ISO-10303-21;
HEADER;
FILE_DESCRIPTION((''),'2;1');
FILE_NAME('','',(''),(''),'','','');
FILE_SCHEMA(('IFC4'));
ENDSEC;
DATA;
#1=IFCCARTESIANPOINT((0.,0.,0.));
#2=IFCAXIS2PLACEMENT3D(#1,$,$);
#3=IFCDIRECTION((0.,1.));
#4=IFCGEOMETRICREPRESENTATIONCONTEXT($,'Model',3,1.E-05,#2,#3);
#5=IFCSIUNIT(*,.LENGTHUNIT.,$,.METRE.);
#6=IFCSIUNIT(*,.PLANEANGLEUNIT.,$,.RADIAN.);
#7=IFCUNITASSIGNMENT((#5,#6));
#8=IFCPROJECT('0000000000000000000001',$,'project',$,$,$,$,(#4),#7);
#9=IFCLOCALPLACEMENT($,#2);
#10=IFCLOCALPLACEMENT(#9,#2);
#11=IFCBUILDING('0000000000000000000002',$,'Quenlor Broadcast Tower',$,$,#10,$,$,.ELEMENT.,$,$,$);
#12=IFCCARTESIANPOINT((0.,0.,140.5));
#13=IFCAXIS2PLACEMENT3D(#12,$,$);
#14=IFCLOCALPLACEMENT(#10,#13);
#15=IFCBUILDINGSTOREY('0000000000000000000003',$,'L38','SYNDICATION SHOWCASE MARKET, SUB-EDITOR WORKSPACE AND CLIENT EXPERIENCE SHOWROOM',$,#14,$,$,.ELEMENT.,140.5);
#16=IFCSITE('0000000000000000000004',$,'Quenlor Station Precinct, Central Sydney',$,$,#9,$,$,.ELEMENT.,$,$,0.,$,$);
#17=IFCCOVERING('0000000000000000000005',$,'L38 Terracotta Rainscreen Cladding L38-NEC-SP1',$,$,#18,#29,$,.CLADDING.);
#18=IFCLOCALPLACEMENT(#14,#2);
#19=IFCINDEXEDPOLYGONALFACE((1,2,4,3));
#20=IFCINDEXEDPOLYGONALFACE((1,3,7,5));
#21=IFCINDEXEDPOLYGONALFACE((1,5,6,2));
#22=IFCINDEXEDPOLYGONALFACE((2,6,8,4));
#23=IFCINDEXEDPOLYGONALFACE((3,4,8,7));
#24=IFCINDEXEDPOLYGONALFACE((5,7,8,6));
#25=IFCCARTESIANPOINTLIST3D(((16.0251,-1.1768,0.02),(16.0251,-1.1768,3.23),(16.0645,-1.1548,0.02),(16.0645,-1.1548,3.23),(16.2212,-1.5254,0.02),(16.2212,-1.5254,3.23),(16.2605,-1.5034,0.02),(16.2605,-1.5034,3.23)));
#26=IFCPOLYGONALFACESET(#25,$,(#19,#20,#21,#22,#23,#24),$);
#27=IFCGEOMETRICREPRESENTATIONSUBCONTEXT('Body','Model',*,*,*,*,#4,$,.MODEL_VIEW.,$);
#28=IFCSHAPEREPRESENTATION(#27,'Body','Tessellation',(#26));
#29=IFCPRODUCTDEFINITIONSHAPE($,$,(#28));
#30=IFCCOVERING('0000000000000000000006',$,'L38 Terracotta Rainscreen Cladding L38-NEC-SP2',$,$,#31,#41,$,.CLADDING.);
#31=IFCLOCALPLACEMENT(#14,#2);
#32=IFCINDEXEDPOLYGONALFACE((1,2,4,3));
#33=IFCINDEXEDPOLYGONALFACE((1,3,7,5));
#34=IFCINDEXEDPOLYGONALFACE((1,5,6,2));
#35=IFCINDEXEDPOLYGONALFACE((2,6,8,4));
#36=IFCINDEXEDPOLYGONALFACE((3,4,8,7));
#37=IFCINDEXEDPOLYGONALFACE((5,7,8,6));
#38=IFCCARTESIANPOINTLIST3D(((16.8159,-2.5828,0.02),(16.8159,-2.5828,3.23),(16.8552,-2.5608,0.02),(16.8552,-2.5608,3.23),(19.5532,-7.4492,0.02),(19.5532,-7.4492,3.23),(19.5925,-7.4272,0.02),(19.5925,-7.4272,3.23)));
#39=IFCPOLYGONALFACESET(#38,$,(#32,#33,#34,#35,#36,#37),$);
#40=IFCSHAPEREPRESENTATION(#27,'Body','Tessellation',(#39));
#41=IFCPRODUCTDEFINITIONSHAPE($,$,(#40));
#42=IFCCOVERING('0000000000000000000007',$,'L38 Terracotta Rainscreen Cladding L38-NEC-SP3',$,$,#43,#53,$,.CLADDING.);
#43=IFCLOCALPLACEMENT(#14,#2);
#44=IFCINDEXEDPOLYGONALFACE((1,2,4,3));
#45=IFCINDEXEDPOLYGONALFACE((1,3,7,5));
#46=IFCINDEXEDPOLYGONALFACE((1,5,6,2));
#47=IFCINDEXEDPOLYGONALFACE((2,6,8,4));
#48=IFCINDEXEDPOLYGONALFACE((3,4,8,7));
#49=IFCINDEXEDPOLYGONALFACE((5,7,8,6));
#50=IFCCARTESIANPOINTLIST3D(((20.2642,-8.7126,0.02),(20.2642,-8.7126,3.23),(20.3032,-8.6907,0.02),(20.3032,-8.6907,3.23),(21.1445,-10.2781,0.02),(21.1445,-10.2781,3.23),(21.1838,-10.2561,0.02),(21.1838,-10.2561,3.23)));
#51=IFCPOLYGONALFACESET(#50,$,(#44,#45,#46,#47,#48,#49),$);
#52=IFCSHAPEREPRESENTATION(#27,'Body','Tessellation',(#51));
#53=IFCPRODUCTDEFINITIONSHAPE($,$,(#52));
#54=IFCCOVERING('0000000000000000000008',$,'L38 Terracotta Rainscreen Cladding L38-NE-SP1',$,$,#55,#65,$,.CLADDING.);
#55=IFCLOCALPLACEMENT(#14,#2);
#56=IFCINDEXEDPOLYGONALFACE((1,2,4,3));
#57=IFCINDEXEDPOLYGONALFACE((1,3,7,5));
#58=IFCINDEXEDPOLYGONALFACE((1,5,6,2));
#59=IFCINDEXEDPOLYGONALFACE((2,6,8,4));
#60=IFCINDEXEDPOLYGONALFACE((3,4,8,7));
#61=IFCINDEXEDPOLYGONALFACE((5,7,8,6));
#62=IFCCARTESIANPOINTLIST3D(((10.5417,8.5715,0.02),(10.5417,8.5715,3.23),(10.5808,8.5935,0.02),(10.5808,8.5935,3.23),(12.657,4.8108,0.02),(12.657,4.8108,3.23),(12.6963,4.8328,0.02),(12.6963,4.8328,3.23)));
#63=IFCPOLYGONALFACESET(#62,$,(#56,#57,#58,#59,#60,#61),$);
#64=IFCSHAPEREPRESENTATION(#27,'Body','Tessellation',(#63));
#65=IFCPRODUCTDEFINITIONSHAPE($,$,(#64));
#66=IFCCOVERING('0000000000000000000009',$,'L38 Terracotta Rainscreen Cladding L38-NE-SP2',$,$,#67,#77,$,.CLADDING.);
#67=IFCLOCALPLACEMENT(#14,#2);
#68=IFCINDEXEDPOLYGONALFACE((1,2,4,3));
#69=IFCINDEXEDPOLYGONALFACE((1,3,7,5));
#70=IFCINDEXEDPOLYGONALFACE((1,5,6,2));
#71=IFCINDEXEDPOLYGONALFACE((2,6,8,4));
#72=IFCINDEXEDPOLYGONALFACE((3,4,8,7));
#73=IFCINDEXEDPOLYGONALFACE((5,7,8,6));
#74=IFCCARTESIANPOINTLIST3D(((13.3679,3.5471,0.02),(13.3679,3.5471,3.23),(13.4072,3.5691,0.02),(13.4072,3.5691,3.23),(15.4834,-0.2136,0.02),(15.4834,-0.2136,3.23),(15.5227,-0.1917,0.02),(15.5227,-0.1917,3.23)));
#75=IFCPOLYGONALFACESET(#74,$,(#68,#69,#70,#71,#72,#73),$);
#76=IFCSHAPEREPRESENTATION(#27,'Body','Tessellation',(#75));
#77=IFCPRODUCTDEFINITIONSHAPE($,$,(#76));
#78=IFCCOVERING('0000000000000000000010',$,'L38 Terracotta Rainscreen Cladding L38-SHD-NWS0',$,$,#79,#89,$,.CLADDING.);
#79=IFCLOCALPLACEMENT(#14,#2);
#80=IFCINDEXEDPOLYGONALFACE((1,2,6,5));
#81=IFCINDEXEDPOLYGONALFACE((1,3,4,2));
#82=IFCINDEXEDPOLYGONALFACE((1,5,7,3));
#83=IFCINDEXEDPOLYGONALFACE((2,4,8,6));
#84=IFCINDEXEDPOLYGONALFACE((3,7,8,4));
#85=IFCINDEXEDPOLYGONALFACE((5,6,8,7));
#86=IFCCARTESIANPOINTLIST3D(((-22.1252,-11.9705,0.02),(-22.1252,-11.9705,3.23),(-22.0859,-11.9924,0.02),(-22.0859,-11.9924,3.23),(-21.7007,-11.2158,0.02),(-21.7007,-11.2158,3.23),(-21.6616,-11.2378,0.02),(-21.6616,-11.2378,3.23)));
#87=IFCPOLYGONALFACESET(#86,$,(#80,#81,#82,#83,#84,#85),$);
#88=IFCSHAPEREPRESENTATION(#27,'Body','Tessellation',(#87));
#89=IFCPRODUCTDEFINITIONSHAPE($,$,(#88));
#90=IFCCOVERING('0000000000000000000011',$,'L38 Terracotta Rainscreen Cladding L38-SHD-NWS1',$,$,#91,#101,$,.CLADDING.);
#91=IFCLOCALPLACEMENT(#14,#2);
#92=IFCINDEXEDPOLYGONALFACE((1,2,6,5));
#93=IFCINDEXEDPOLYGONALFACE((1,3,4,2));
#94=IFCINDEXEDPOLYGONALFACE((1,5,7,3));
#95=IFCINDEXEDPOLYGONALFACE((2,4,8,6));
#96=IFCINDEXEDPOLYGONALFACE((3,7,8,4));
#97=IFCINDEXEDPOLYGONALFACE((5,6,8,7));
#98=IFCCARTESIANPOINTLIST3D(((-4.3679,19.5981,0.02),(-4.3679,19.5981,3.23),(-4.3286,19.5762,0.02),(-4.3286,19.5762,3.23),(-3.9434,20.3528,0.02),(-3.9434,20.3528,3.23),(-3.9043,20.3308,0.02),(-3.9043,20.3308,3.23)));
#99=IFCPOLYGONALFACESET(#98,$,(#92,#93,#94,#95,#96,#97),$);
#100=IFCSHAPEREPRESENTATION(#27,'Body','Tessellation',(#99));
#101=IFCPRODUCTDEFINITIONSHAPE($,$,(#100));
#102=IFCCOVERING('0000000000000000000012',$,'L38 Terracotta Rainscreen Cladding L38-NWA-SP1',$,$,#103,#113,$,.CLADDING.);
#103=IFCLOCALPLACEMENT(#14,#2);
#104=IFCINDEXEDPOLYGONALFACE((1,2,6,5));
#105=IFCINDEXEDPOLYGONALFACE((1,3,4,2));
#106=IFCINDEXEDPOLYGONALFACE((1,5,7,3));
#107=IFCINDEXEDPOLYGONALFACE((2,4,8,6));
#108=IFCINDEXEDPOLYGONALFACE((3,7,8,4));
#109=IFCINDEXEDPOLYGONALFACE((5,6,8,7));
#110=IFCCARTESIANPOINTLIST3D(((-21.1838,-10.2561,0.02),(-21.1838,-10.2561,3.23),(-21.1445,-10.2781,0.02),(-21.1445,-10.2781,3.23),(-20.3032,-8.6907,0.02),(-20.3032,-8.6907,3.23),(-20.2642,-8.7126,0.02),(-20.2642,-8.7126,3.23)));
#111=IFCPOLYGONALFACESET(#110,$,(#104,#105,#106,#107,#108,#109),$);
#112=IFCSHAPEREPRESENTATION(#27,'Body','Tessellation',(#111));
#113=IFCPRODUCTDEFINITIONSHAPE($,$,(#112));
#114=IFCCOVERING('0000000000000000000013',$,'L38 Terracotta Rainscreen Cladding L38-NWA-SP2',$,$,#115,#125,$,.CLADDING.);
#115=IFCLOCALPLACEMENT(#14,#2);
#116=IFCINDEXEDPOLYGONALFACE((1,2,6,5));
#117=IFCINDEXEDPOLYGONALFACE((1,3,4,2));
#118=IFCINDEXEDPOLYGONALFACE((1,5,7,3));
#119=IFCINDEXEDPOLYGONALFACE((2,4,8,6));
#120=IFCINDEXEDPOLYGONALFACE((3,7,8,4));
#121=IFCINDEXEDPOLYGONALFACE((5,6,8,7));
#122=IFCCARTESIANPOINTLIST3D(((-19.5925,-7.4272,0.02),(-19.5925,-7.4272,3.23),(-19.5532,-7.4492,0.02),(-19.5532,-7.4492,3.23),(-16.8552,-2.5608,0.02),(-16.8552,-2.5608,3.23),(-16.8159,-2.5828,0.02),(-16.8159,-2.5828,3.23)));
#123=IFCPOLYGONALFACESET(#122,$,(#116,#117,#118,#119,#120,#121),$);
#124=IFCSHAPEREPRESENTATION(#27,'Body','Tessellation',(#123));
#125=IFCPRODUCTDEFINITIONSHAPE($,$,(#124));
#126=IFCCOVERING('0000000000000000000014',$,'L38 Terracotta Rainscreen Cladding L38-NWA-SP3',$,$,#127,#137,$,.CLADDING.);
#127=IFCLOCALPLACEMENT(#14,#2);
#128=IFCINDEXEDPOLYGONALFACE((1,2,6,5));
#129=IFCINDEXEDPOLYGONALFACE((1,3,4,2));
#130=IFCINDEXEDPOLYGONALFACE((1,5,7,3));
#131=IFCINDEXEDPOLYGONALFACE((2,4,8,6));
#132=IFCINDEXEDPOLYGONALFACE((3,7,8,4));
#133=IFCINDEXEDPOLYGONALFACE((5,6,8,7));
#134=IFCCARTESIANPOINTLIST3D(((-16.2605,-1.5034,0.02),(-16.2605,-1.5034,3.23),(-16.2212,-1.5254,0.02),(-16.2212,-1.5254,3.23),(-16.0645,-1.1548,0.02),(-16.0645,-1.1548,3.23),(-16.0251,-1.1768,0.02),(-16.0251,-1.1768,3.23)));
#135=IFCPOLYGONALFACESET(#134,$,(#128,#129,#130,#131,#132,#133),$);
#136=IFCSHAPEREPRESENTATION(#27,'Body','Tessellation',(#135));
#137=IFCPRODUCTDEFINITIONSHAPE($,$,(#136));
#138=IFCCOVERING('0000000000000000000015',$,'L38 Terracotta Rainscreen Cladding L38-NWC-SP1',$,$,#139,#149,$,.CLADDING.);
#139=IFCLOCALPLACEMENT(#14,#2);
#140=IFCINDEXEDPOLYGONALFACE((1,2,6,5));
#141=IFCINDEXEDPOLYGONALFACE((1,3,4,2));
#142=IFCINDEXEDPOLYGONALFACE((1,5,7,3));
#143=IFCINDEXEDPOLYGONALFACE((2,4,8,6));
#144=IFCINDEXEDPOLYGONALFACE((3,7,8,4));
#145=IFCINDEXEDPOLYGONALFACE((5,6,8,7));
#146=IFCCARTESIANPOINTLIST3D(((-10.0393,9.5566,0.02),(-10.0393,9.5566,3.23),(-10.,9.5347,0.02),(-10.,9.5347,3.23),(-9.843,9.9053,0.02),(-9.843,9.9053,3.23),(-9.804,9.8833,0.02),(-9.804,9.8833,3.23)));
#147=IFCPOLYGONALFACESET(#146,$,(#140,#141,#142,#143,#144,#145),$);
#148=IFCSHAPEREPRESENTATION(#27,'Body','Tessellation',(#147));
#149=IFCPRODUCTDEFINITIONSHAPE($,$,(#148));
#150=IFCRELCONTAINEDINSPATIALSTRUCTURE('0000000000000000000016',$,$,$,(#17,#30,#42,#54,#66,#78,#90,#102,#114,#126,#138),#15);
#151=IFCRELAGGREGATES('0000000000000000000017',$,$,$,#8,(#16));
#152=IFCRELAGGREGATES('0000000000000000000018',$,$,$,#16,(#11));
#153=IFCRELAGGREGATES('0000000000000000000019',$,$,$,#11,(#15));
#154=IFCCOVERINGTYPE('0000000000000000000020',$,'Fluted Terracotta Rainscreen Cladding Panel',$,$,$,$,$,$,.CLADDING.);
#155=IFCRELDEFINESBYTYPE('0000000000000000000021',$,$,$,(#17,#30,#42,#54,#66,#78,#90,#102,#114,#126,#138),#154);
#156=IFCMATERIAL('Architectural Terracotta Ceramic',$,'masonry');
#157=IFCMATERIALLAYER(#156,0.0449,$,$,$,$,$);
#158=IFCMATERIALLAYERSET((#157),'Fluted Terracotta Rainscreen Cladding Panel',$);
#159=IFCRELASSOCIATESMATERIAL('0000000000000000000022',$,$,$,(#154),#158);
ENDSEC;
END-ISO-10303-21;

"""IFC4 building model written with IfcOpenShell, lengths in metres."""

from ifc_helpers import new_model, si_unit, direction, frame, origin, place, context, subcontext, project, spatial, polyline, outline, extrude, material, layer, layer_set, type_object, element, save


model = new_model("IFC4")

# Units and contexts
model_context = context("Model", 3, precision=1e-05, world=origin(), true_north=direction((0.0, 1.0)))
body_context = subcontext(model_context, "Body", "Model", "MODEL_VIEW")
ifc_project = project(units=[si_unit("LENGTHUNIT", "METRE"), si_unit("PLANEANGLEUNIT", "RADIAN")], contexts=[model_context])

# Site, building, storey
site_placement = place(None, origin())
site = spatial("IfcSite", under=ifc_project, at=site_placement, Name="Quenlor Station Precinct, Central Sydney", CompositionType="ELEMENT", RefElevation=0.0)
building_placement = place(site_placement, origin())
building = spatial("IfcBuilding", under=site, at=building_placement, Name="Quenlor Broadcast Tower", CompositionType="ELEMENT")
storey_placement = place(building_placement, frame((0.0, 0.0, 140.5)))
storey = spatial("IfcBuildingStorey", under=building, at=storey_placement, Name="L38", Description="SYNDICATION SHOWCASE MARKET, SUB-EDITOR WORKSPACE AND CLIENT EXPERIENCE SHOWROOM", CompositionType="ELEMENT", Elevation=140.5)

# Coverings
ifc_material_1 = material(Name="Architectural Terracotta Ceramic", Category="masonry")
ifc_layer_1 = layer(ifc_material_1, 0.0449)
ifc_layer_set_1 = layer_set([ifc_layer_1], Name="Fluted Terracotta Rainscreen Cladding Panel")
covering_type = type_object("IfcCoveringType", Name="Fluted Terracotta Rainscreen Cladding Panel", PredefinedType="CLADDING", material=ifc_layer_set_1)
covering_1_placement = place(storey_placement, frame((0.0, 0.0, 0.02)))
element("IfcCovering", 1, at=covering_1_placement, inside=storey, type_object=covering_type, Name="L38 Terracotta Rainscreen Cladding L38-NEC-SP1", PredefinedType="CLADDING", context=body_context, shape_type="SweptSolid", body=[
    extrude(outline(polyline([(16.0251, -1.1768), (16.2212, -1.5254), (16.2605, -1.5034), (16.0645, -1.1548), (16.0251, -1.1768)])), origin(), (0.0, 0.0, 1.0), 3.21),
])
covering_2_placement = place(storey_placement, frame((0.0, 0.0, 0.02)))
element("IfcCovering", 2, at=covering_2_placement, inside=storey, type_object=covering_type, Name="L38 Terracotta Rainscreen Cladding L38-NEC-SP2", PredefinedType="CLADDING", context=body_context, shape_type="SweptSolid", body=[
    extrude(outline(polyline([(16.8159, -2.5828), (19.5532, -7.4492), (19.5925, -7.4272), (16.8552, -2.5608), (16.8159, -2.5828)])), origin(), (0.0, 0.0, 1.0), 3.21),
])
covering_3_placement = place(storey_placement, frame((0.0, 0.0, 0.02)))
element("IfcCovering", 3, at=covering_3_placement, inside=storey, type_object=covering_type, Name="L38 Terracotta Rainscreen Cladding L38-NEC-SP3", PredefinedType="CLADDING", context=body_context, shape_type="SweptSolid", body=[
    extrude(outline(polyline([(20.2642, -8.7126), (21.1445, -10.2781), (21.1838, -10.2561), (20.3032, -8.6907), (20.2642, -8.7126)])), origin(), (0.0, 0.0, 1.0), 3.21),
])
covering_4_placement = place(storey_placement, frame((0.0, 0.0, 0.02)))
element("IfcCovering", 4, at=covering_4_placement, inside=storey, type_object=covering_type, Name="L38 Terracotta Rainscreen Cladding L38-NE-SP1", PredefinedType="CLADDING", context=body_context, shape_type="SweptSolid", body=[
    extrude(outline(polyline([(10.5417, 8.5715), (12.657, 4.8108), (12.6963, 4.8328), (10.5808, 8.5935), (10.5417, 8.5715)])), origin(), (0.0, 0.0, 1.0), 3.21),
])
covering_5_placement = place(storey_placement, frame((0.0, 0.0, 0.02)))
element("IfcCovering", 5, at=covering_5_placement, inside=storey, type_object=covering_type, Name="L38 Terracotta Rainscreen Cladding L38-NE-SP2", PredefinedType="CLADDING", context=body_context, shape_type="SweptSolid", body=[
    extrude(outline(polyline([(13.3679, 3.5471), (15.4834, -0.2136), (15.5227, -0.1917), (13.4072, 3.5691), (13.3679, 3.5471)])), origin(), (0.0, 0.0, 1.0), 3.21),
])
covering_6_placement = place(storey_placement, frame((0.0, 0.0, 0.02)))
element("IfcCovering", 6, at=covering_6_placement, inside=storey, type_object=covering_type, Name="L38 Terracotta Rainscreen Cladding L38-SHD-NWS0", PredefinedType="CLADDING", context=body_context, shape_type="SweptSolid", body=[
    extrude(outline(polyline([(-22.0859, -11.9924), (-21.6616, -11.2378), (-21.7007, -11.2158), (-22.1252, -11.9705), (-22.0859, -11.9924)])), origin(), (0.0, 0.0, 1.0), 3.21),
])
covering_7_placement = place(storey_placement, frame((0.0, 0.0, 0.02)))
element("IfcCovering", 7, at=covering_7_placement, inside=storey, type_object=covering_type, Name="L38 Terracotta Rainscreen Cladding L38-SHD-NWS1", PredefinedType="CLADDING", context=body_context, shape_type="SweptSolid", body=[
    extrude(outline(polyline([(-4.3286, 19.5762), (-3.9043, 20.3308), (-3.9434, 20.3528), (-4.3679, 19.5981), (-4.3286, 19.5762)])), origin(), (0.0, 0.0, 1.0), 3.21),
])
covering_8_placement = place(storey_placement, frame((0.0, 0.0, 0.02)))
element("IfcCovering", 8, at=covering_8_placement, inside=storey, type_object=covering_type, Name="L38 Terracotta Rainscreen Cladding L38-NWA-SP1", PredefinedType="CLADDING", context=body_context, shape_type="SweptSolid", body=[
    extrude(outline(polyline([(-21.1445, -10.2781), (-20.2642, -8.7126), (-20.3032, -8.6907), (-21.1838, -10.2561), (-21.1445, -10.2781)])), origin(), (0.0, 0.0, 1.0), 3.21),
])
covering_9_placement = place(storey_placement, frame((0.0, 0.0, 0.02)))
element("IfcCovering", 9, at=covering_9_placement, inside=storey, type_object=covering_type, Name="L38 Terracotta Rainscreen Cladding L38-NWA-SP2", PredefinedType="CLADDING", context=body_context, shape_type="SweptSolid", body=[
    extrude(outline(polyline([(-19.5532, -7.4492), (-16.8159, -2.5828), (-16.8552, -2.5608), (-19.5925, -7.4272), (-19.5532, -7.4492)])), origin(), (0.0, 0.0, 1.0), 3.21),
])
covering_10_placement = place(storey_placement, frame((0.0, 0.0, 0.02)))
element("IfcCovering", 10, at=covering_10_placement, inside=storey, type_object=covering_type, Name="L38 Terracotta Rainscreen Cladding L38-NWA-SP3", PredefinedType="CLADDING", context=body_context, shape_type="SweptSolid", body=[
    extrude(outline(polyline([(-16.2212, -1.5254), (-16.0251, -1.1768), (-16.0645, -1.1548), (-16.2605, -1.5034), (-16.2212, -1.5254)])), origin(), (0.0, 0.0, 1.0), 3.21),
])
covering_11_placement = place(storey_placement, frame((0.0, 0.0, 0.02)))
element("IfcCovering", 11, at=covering_11_placement, inside=storey, type_object=covering_type, Name="L38 Terracotta Rainscreen Cladding L38-NWC-SP1", PredefinedType="CLADDING", context=body_context, shape_type="SweptSolid", body=[
    extrude(outline(polyline([(-10.0, 9.5347), (-9.804, 9.8833), (-9.843, 9.9053), (-10.0393, 9.5566), (-10.0, 9.5347)])), origin(), (0.0, 0.0, 1.0), 3.21),
])

save(model, "model.ifc")
